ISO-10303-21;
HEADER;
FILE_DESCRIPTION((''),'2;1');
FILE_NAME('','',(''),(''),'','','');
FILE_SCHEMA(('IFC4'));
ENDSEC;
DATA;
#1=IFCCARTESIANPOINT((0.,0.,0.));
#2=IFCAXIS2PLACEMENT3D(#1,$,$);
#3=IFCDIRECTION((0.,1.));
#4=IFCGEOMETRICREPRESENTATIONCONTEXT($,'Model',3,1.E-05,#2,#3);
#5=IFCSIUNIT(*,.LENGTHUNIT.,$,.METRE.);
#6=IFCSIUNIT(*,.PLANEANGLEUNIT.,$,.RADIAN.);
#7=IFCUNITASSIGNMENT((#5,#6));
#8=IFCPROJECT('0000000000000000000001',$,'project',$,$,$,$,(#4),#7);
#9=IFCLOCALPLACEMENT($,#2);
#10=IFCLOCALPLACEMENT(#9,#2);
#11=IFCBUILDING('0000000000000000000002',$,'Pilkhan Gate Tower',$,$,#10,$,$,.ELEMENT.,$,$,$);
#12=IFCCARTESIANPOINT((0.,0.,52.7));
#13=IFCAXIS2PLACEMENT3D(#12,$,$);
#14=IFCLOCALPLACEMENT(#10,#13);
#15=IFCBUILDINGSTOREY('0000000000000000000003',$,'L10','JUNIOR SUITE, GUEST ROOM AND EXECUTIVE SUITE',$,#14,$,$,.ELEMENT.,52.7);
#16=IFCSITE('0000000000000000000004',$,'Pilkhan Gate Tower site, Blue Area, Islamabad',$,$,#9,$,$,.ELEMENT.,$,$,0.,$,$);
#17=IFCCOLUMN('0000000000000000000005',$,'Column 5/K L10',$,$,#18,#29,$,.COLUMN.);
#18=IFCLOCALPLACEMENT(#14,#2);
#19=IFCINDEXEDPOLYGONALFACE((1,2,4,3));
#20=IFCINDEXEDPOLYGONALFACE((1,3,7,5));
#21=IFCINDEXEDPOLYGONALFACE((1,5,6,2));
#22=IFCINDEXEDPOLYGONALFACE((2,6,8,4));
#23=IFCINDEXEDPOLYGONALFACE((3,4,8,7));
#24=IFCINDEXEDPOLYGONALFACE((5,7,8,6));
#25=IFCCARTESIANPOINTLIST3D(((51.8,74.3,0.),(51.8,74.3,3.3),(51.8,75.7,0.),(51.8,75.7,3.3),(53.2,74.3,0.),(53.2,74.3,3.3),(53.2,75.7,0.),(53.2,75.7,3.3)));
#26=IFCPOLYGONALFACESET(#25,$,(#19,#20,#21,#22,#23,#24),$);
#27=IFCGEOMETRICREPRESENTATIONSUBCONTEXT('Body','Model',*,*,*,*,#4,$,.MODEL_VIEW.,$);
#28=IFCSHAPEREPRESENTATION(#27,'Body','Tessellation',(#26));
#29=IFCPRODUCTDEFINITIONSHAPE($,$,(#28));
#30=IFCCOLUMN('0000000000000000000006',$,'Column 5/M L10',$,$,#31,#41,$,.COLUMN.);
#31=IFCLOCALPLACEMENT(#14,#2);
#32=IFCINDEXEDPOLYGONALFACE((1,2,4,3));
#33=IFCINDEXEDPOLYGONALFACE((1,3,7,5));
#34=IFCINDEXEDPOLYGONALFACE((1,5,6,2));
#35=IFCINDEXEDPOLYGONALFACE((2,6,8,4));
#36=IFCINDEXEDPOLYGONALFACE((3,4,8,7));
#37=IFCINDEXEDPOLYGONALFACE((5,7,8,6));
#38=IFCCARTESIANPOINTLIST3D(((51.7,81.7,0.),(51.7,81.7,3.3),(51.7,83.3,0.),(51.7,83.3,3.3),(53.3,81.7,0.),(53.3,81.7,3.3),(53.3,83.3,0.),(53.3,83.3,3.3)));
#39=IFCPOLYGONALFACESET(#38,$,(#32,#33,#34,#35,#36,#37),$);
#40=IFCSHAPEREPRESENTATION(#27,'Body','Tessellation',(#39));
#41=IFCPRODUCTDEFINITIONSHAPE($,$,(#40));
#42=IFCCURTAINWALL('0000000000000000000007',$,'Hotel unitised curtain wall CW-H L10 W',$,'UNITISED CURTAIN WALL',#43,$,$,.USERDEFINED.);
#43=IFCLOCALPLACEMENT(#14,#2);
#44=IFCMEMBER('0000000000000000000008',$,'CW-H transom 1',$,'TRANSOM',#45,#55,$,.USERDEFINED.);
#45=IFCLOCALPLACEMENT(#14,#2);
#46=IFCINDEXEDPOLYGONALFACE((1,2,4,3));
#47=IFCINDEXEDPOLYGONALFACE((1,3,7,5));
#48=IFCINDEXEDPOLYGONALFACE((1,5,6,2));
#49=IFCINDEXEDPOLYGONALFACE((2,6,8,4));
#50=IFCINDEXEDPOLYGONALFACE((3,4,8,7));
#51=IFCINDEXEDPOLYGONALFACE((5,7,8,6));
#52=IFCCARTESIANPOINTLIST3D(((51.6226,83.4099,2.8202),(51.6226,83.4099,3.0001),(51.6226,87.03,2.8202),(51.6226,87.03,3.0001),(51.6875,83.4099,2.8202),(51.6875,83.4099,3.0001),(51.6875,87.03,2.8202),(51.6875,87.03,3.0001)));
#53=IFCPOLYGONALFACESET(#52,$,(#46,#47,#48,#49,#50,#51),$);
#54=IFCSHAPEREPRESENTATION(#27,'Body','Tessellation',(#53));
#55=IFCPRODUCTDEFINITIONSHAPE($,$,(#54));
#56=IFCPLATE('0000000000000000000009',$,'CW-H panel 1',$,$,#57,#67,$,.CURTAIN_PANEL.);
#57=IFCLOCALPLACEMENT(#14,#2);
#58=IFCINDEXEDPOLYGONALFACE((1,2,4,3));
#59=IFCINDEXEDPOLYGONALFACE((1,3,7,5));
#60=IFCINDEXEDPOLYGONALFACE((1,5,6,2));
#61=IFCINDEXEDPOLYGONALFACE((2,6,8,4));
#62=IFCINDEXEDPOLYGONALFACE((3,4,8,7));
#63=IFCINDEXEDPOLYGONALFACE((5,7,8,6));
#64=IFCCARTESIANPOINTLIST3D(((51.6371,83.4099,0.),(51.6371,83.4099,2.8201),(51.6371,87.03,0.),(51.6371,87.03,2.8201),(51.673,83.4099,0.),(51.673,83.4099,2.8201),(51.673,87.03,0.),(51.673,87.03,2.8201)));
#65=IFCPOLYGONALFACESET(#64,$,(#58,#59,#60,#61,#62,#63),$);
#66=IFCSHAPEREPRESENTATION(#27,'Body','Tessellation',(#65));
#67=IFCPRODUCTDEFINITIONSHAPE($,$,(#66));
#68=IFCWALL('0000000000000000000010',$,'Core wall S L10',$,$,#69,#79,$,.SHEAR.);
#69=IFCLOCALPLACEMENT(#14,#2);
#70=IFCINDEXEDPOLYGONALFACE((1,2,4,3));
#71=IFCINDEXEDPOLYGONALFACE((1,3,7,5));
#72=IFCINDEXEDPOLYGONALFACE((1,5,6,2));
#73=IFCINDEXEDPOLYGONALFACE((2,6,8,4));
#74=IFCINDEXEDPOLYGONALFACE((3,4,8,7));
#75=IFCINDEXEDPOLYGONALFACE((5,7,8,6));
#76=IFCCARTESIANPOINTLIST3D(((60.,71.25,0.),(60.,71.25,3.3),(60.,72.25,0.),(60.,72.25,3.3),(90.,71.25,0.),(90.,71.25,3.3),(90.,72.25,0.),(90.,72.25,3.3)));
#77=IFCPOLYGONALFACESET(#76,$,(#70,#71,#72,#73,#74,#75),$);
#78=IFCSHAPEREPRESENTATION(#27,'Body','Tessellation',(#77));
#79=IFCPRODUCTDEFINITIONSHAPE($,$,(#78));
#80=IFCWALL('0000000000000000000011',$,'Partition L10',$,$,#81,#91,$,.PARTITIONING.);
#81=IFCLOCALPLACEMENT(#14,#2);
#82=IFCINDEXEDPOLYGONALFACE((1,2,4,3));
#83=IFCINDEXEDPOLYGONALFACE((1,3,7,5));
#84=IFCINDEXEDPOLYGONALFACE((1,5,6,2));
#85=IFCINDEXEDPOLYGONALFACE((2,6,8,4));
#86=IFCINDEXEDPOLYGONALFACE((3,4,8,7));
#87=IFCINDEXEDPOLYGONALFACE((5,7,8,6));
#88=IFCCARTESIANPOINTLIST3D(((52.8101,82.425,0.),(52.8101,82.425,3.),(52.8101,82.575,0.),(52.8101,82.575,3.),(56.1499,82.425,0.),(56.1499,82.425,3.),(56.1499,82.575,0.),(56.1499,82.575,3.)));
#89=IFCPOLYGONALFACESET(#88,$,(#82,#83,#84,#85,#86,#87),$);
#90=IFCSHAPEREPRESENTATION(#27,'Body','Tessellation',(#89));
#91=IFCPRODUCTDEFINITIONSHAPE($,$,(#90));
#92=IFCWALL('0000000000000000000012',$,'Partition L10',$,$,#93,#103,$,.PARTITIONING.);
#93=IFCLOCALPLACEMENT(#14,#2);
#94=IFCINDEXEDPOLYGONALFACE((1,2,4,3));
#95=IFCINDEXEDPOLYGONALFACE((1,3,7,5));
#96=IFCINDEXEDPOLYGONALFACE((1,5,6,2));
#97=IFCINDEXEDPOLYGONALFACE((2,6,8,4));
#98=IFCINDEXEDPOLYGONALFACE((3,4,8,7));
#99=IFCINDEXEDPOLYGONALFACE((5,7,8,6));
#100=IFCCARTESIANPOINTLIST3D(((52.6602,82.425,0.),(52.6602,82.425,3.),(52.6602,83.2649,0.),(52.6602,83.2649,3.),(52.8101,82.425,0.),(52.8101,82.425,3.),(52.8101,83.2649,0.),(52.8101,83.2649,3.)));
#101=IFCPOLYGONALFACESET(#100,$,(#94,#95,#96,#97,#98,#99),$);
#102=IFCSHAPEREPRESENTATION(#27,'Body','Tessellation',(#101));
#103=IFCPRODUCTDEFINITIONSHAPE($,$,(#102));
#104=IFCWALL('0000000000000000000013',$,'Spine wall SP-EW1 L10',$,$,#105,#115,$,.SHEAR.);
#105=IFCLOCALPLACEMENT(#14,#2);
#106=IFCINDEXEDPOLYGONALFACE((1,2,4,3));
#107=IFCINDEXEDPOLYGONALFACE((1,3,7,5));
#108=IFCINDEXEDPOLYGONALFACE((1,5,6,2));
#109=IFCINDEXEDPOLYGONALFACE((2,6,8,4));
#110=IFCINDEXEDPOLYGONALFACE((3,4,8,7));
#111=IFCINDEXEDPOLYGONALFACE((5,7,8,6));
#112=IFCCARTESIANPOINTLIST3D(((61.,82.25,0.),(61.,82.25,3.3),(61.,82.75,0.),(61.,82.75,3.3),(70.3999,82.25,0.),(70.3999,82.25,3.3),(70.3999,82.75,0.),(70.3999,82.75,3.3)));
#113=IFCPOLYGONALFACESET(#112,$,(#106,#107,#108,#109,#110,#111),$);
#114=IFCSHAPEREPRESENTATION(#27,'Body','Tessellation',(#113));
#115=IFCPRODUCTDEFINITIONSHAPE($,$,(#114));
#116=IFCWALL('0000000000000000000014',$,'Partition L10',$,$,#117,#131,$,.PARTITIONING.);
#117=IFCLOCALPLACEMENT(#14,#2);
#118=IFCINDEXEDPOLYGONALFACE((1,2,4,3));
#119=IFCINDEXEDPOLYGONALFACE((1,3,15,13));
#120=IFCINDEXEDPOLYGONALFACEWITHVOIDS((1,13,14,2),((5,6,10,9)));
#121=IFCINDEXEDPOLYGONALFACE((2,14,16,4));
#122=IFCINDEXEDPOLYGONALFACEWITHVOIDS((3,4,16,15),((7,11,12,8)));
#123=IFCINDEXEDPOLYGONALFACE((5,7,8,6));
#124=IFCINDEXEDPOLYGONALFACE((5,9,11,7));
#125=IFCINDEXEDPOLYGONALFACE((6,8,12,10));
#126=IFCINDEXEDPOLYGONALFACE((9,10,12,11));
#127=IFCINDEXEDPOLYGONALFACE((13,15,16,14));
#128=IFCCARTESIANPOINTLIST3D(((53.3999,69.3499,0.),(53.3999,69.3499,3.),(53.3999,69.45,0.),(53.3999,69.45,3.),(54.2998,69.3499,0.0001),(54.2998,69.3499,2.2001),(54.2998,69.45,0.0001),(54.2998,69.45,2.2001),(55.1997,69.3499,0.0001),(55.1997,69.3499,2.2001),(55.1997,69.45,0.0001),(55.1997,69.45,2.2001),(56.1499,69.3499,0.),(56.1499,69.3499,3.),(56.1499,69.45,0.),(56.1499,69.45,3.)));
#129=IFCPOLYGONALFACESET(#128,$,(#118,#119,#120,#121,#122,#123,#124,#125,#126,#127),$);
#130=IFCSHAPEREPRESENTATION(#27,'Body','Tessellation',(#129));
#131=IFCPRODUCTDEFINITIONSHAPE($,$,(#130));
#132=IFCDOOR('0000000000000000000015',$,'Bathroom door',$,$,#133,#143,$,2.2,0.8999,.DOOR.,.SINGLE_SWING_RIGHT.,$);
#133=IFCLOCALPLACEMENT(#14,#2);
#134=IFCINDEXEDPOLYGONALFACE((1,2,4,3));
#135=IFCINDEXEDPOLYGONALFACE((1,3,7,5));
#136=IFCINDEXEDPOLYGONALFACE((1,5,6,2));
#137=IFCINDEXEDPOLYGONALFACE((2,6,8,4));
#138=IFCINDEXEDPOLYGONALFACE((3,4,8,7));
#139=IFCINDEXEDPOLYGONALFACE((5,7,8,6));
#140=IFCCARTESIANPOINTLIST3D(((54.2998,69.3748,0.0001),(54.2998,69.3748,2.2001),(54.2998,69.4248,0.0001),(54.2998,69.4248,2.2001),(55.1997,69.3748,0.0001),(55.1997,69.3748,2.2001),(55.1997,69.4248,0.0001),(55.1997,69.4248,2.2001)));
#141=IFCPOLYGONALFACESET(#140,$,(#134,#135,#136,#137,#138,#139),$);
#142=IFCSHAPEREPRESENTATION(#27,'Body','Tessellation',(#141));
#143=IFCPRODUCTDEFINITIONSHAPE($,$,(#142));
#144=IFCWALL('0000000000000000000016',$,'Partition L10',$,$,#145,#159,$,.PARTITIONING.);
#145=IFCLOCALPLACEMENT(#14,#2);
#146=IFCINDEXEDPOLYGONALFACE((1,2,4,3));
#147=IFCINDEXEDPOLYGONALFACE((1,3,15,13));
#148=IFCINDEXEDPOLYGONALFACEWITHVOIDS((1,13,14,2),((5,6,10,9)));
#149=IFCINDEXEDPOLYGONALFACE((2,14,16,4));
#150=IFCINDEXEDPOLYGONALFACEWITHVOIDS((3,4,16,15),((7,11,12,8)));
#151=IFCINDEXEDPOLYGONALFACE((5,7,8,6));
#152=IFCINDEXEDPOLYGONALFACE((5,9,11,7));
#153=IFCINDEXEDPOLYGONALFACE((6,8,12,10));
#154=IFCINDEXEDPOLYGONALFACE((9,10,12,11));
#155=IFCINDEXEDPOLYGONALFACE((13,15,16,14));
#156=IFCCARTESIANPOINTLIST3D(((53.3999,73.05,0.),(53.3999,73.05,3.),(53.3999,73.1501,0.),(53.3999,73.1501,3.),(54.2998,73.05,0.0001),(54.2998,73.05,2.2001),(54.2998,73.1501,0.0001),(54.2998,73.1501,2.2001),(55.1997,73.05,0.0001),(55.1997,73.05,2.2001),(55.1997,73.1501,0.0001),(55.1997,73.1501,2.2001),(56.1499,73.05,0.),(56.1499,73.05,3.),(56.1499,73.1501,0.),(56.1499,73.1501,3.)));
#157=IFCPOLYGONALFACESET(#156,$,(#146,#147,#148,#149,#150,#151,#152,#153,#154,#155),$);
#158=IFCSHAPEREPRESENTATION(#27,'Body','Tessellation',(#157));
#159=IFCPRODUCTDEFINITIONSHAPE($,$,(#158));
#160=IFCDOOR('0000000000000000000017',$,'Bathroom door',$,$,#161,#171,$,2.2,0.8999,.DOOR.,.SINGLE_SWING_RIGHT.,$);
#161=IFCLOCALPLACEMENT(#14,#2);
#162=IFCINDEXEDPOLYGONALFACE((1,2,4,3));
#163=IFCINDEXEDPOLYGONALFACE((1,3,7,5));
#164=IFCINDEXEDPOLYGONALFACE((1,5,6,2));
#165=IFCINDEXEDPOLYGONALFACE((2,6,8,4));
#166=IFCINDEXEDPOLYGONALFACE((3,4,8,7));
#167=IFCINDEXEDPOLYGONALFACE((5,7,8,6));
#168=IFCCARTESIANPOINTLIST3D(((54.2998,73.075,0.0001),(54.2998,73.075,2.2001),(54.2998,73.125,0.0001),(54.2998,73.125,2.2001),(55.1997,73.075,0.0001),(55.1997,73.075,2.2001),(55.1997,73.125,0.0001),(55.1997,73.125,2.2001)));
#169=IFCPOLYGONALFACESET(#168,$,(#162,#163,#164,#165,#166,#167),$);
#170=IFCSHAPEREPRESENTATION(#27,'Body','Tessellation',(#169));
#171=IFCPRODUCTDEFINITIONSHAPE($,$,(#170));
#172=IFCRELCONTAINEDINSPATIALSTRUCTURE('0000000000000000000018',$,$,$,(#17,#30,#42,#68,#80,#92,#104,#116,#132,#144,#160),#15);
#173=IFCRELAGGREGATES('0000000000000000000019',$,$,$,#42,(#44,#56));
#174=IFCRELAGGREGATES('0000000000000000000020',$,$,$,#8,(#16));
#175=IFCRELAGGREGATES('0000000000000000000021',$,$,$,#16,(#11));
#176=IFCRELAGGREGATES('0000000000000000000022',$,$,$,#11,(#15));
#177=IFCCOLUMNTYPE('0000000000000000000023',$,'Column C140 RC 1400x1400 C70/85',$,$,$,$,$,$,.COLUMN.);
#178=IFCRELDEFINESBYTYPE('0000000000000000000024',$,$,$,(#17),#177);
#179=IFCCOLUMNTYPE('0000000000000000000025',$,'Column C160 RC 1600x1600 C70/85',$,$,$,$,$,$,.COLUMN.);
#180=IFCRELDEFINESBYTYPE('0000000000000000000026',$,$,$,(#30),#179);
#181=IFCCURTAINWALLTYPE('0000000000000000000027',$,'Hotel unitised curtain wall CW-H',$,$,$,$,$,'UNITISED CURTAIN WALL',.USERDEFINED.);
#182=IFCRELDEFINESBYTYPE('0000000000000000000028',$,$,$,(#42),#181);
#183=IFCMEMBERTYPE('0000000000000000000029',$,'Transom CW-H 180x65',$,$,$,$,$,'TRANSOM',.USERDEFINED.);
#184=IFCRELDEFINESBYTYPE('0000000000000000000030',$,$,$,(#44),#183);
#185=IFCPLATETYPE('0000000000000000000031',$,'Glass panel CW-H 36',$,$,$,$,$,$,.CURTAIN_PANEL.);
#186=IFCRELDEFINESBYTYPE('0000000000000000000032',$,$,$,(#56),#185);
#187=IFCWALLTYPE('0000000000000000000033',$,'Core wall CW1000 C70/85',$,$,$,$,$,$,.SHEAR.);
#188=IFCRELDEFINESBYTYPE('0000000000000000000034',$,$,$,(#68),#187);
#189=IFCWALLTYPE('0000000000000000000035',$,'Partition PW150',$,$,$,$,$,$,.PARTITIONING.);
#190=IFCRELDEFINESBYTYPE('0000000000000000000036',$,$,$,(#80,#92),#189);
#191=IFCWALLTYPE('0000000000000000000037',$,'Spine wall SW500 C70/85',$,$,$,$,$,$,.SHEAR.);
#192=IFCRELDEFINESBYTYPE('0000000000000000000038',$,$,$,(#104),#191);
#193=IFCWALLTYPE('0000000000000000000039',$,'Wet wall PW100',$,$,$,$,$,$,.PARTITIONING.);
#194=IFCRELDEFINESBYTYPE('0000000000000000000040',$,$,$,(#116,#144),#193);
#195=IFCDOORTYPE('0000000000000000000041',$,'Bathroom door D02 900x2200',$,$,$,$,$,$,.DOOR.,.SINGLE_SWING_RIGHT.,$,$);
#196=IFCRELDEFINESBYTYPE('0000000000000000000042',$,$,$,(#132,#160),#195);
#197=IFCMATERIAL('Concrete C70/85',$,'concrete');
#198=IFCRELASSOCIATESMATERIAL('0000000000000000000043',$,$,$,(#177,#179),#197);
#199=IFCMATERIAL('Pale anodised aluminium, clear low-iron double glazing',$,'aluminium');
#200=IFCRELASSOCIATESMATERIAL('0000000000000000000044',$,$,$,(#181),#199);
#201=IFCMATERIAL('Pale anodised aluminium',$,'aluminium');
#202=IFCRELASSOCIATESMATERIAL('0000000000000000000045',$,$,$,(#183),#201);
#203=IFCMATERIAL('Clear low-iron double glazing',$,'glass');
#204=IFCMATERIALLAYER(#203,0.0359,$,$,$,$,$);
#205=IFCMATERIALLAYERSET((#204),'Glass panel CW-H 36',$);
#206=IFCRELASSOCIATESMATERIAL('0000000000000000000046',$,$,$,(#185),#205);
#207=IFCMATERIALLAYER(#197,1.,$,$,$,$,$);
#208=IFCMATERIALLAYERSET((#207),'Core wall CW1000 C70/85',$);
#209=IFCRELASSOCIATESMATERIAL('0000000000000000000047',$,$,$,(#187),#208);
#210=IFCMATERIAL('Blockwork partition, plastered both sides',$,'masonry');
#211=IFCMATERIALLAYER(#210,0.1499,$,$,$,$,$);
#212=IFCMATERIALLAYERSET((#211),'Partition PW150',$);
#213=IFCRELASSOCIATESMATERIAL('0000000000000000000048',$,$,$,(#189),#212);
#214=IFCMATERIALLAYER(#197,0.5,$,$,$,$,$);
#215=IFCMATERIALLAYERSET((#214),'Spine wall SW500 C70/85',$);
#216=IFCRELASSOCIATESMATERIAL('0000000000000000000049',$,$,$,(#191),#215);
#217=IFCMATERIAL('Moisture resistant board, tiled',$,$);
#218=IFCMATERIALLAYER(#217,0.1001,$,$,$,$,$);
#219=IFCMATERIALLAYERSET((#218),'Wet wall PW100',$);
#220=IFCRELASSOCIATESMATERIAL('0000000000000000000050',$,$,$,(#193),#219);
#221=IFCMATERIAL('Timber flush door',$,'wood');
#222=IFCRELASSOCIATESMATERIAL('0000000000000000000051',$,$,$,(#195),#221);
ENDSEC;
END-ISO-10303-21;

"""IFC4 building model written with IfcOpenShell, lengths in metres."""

from ifc_helpers import new_model, si_unit, direction, frame, frame_2d, origin, origin_2d, place, context, subcontext, project, spatial, rectangle, extrude, material, layer, layer_set, material_profile, profile_set, type_object, element, fill, aggregate, save


model = new_model("IFC4")

# Units and contexts
model_context = context("Model", 3, precision=1e-05, world=origin(), true_north=direction((0.0, 1.0)))
body_context = subcontext(model_context, "Body", "Model", "MODEL_VIEW")
ifc_project = project(units=[si_unit("LENGTHUNIT", "METRE"), si_unit("PLANEANGLEUNIT", "RADIAN")], contexts=[model_context])

# Site, building, storey
site_placement = place(None, origin())
site = spatial("IfcSite", under=ifc_project, at=site_placement, Name="Pilkhan Gate Tower site, Blue Area, Islamabad", CompositionType="ELEMENT", RefElevation=0.0)
building_placement = place(site_placement, origin())
building = spatial("IfcBuilding", under=site, at=building_placement, Name="Pilkhan Gate Tower", CompositionType="ELEMENT")
storey_placement = place(building_placement, frame((0.0, 0.0, 52.7)))
storey = spatial("IfcBuildingStorey", under=building, at=storey_placement, Name="L10", Description="JUNIOR SUITE, GUEST ROOM AND EXECUTIVE SUITE", CompositionType="ELEMENT", Elevation=52.7)

# Columns
ifc_material_1 = material(Name="Concrete C70/85", Category="concrete")
ifc_material_profile_1 = material_profile(ifc_material_1, rectangle(XDim=1.3999, YDim=1.3999, at=origin_2d()), Name="RC 1400x1400")
ifc_profile_set_1 = profile_set([ifc_material_profile_1], Name="Concrete C70/85")
column_type_1 = type_object("IfcColumnType", Name="Column C140 RC 1400x1400 C70/85", PredefinedType="COLUMN", material=ifc_profile_set_1)
column_1_placement = place(storey_placement, frame((52.5, 75.0, 0.0), z_axis=(0.0, 0.0, 1.0), x_axis=(1.0, 0.0, 0.0)))
element("IfcColumn", 1, at=column_1_placement, inside=storey, type_object=column_type_1, Name="Column 5/K L10", PredefinedType="COLUMN", context=body_context, shape_type="SweptSolid", body=[
    extrude(rectangle(XDim=1.3999, YDim=1.3999, at=origin_2d()), origin(), (0.0, 0.0, 1.0), 3.3),
])
ifc_material_profile_2 = material_profile(ifc_material_1, rectangle(XDim=1.6001, YDim=1.6001, at=origin_2d()), Name="RC 1600x1600")
ifc_profile_set_2 = profile_set([ifc_material_profile_2], Name="Concrete C70/85")
column_type_2 = type_object("IfcColumnType", Name="Column C160 RC 1600x1600 C70/85", PredefinedType="COLUMN", material=ifc_profile_set_2)
column_2_placement = place(storey_placement, frame((52.5, 82.5, 0.0), z_axis=(0.0, 0.0, 1.0), x_axis=(1.0, 0.0, 0.0)))
element("IfcColumn", 2, at=column_2_placement, inside=storey, type_object=column_type_2, Name="Column 5/M L10", PredefinedType="COLUMN", context=body_context, shape_type="SweptSolid", body=[
    extrude(rectangle(XDim=1.6001, YDim=1.6001, at=origin_2d()), origin(), (0.0, 0.0, 1.0), 3.3),
])

# Curtain wall, member, plate
ifc_material_2 = material(Name="Pale anodised aluminium, clear low-iron double glazing", Category="aluminium")
curtain_wall_type = type_object("IfcCurtainWallType", Name="Hotel unitised curtain wall CW-H", ElementType="UNITISED CURTAIN WALL", PredefinedType="USERDEFINED", material=ifc_material_2)
curtain_wall_placement = place(storey_placement, origin())
curtain_wall = element("IfcCurtainWall", 3, at=curtain_wall_placement, inside=storey, type_object=curtain_wall_type, Name="Hotel unitised curtain wall CW-H L10 W", ObjectType="UNITISED CURTAIN WALL", PredefinedType="USERDEFINED")
ifc_material_3 = material(Name="Pale anodised aluminium", Category="aluminium")
ifc_material_profile_3 = material_profile(ifc_material_3, rectangle(XDim=0.0649, YDim=0.1799, at=origin_2d()), Name="Transom 180x65")
ifc_profile_set_3 = profile_set([ifc_material_profile_3], Name="Pale anodised aluminium")
member_type = type_object("IfcMemberType", Name="Transom CW-H 180x65", ElementType="TRANSOM", PredefinedType="USERDEFINED", material=ifc_profile_set_3)
member_placement = place(storey_placement, frame((51.655, 83.4099, 2.9102), z_axis=(0.0, 1.0, 0.0), x_axis=(-1.0, 0.0, 0.0)))
member = element("IfcMember", 4, at=member_placement, type_object=member_type, Name="CW-H transom 1", ObjectType="TRANSOM", PredefinedType="USERDEFINED", context=body_context, shape_type="SweptSolid", body=[
    extrude(rectangle(XDim=0.0649, YDim=0.1799, at=origin_2d()), origin(), (0.0, 0.0, 1.0), 3.6201),
])
ifc_material_4 = material(Name="Clear low-iron double glazing", Category="glass")
ifc_layer_1 = layer(ifc_material_4, 0.0359)
ifc_layer_set_1 = layer_set([ifc_layer_1], Name="Glass panel CW-H 36")
plate_type = type_object("IfcPlateType", Name="Glass panel CW-H 36", PredefinedType="CURTAIN_PANEL", material=ifc_layer_set_1)
plate_placement = place(storey_placement, frame((51.655, 85.22, 0.0), z_axis=(0.0, 0.0, 1.0), x_axis=(0.0, 1.0, 0.0)))
plate = element("IfcPlate", 5, at=plate_placement, type_object=plate_type, Name="CW-H panel 1", PredefinedType="CURTAIN_PANEL", context=body_context, shape_type="SweptSolid", body=[
    extrude(rectangle(XDim=3.6201, YDim=0.0359, at=origin_2d()), origin(), (0.0, 0.0, 1.0), 2.8201),
])
aggregate(curtain_wall, [member, plate])

# Walls
ifc_layer_2 = layer(ifc_material_1, 1.0)
ifc_layer_set_2 = layer_set([ifc_layer_2], Name="Core wall CW1000 C70/85")
wall_type_1 = type_object("IfcWallType", Name="Core wall CW1000 C70/85", PredefinedType="SHEAR", material=ifc_layer_set_2)
wall_1_placement = place(storey_placement, frame((60.0, 71.75, 0.0), z_axis=(0.0, 0.0, 1.0), x_axis=(1.0, 0.0, 0.0)))
element("IfcWall", 6, at=wall_1_placement, inside=storey, type_object=wall_type_1, Name="Core wall S L10", PredefinedType="SHEAR", context=body_context, shape_type="SweptSolid", body=[
    extrude(rectangle(XDim=30.0, YDim=1.0, at=frame_2d((15.0, 0.0))), origin(), (0.0, 0.0, 1.0), 3.3),
])
ifc_material_5 = material(Name="Blockwork partition, plastered both sides", Category="masonry")
ifc_layer_3 = layer(ifc_material_5, 0.1499)
ifc_layer_set_3 = layer_set([ifc_layer_3], Name="Partition PW150")
wall_type_2 = type_object("IfcWallType", Name="Partition PW150", PredefinedType="PARTITIONING", material=ifc_layer_set_3)
wall_2_placement = place(storey_placement, frame((52.8101, 82.5, 0.0), z_axis=(0.0, 0.0, 1.0), x_axis=(1.0, 0.0, 0.0)))
element("IfcWall", 7, at=wall_2_placement, inside=storey, type_object=wall_type_2, Name="Partition L10", PredefinedType="PARTITIONING", context=body_context, shape_type="SweptSolid", body=[
    extrude(rectangle(XDim=3.3398, YDim=0.1499, at=frame_2d((1.6699, 0.0))), origin(), (0.0, 0.0, 1.0), 3.0),
])
wall_3_placement = place(storey_placement, frame((52.7351, 82.425, 0.0), z_axis=(0.0, 0.0, 1.0), x_axis=(0.0, 1.0, 0.0)))
element("IfcWall", 8, at=wall_3_placement, inside=storey, type_object=wall_type_2, Name="Partition L10", PredefinedType="PARTITIONING", context=body_context, shape_type="SweptSolid", body=[
    extrude(rectangle(XDim=0.8398, YDim=0.1499, at=frame_2d((0.4199, 0.0))), origin(), (0.0, 0.0, 1.0), 3.0),
])
ifc_layer_4 = layer(ifc_material_1, 0.5)
ifc_layer_set_4 = layer_set([ifc_layer_4], Name="Spine wall SW500 C70/85")
wall_type_3 = type_object("IfcWallType", Name="Spine wall SW500 C70/85", PredefinedType="SHEAR", material=ifc_layer_set_4)
wall_4_placement = place(storey_placement, frame((61.0, 82.5, 0.0), z_axis=(0.0, 0.0, 1.0), x_axis=(1.0, 0.0, 0.0)))
element("IfcWall", 9, at=wall_4_placement, inside=storey, type_object=wall_type_3, Name="Spine wall SP-EW1 L10", PredefinedType="SHEAR", context=body_context, shape_type="SweptSolid", body=[
    extrude(rectangle(XDim=9.3999, YDim=0.5, at=frame_2d((4.7, 0.0))), origin(), (0.0, 0.0, 1.0), 3.3),
])

# Walls, openings, doors
ifc_material_6 = material(Name="Moisture resistant board, tiled")
ifc_layer_5 = layer(ifc_material_6, 0.1001)
ifc_layer_set_5 = layer_set([ifc_layer_5], Name="Wet wall PW100")
wall_type_4 = type_object("IfcWallType", Name="Wet wall PW100", PredefinedType="PARTITIONING", material=ifc_layer_set_5)
wall_5_placement = place(storey_placement, frame((53.3999, 69.3999, 0.0), z_axis=(0.0, 0.0, 1.0), x_axis=(1.0, 0.0, 0.0)))
wall_5 = element("IfcWall", 10, at=wall_5_placement, inside=storey, type_object=wall_type_4, Name="Partition L10", PredefinedType="PARTITIONING", context=body_context, shape_type="SweptSolid", body=[
    extrude(rectangle(XDim=2.75, YDim=0.1001, at=frame_2d((1.375, 0.0))), origin(), (0.0, 0.0, 1.0), 3.0),
])
opening_1_placement = place(wall_5_placement, frame((0.8999, 0.0, 0.0)))
opening_1 = element("IfcOpeningElement", 11, at=opening_1_placement, cuts=wall_5, PredefinedType="OPENING", context=body_context, shape_type="SweptSolid", body=[
    extrude(rectangle(XDim=0.8999, YDim=2.2, at=frame_2d((0.45, 1.1001))), frame((0.0, 0.0601, 0.0), z_axis=(0.0, -1.0, 0.0), x_axis=(1.0, 0.0, 0.0)), (0.0, 0.0, 1.0), 0.1201),
])
ifc_material_7 = material(Name="Timber flush door", Category="wood")
door_type = type_object("IfcDoorType", Name="Bathroom door D02 900x2200", OperationType="SINGLE_SWING_RIGHT", PredefinedType="DOOR", material=ifc_material_7)
door_1_placement = place(opening_1_placement, origin())
door_1 = element("IfcDoor", 12, at=door_1_placement, inside=storey, type_object=door_type, Name="Bathroom door", OperationType="SINGLE_SWING_RIGHT", OverallHeight=2.2, OverallWidth=0.8999, PredefinedType="DOOR", context=body_context, shape_type="SweptSolid", body=[
    extrude(rectangle(XDim=0.8999, YDim=2.2, at=frame_2d((0.45, 1.1001))), frame((0.0, 0.0249, 0.0), z_axis=(0.0, -1.0, 0.0), x_axis=(1.0, 0.0, 0.0)), (0.0, 0.0, 1.0), 0.05),
])
fill(opening_1, door_1)
wall_6_placement = place(storey_placement, frame((53.3999, 73.1001, 0.0), z_axis=(0.0, 0.0, 1.0), x_axis=(1.0, 0.0, 0.0)))
wall_6 = element("IfcWall", 13, at=wall_6_placement, inside=storey, type_object=wall_type_4, Name="Partition L10", PredefinedType="PARTITIONING", context=body_context, shape_type="SweptSolid", body=[
    extrude(rectangle(XDim=2.75, YDim=0.1001, at=frame_2d((1.375, 0.0))), origin(), (0.0, 0.0, 1.0), 3.0),
])
opening_2_placement = place(wall_6_placement, frame((0.8999, 0.0, 0.0)))
opening_2 = element("IfcOpeningElement", 14, at=opening_2_placement, cuts=wall_6, PredefinedType="OPENING", context=body_context, shape_type="SweptSolid", body=[
    extrude(rectangle(XDim=0.8999, YDim=2.2, at=frame_2d((0.45, 1.1001))), frame((0.0, 0.0601, 0.0), z_axis=(0.0, -1.0, 0.0), x_axis=(1.0, 0.0, 0.0)), (0.0, 0.0, 1.0), 0.1201),
])
door_2_placement = place(opening_2_placement, origin())
door_2 = element("IfcDoor", 15, at=door_2_placement, inside=storey, type_object=door_type, Name="Bathroom door", OperationType="SINGLE_SWING_RIGHT", OverallHeight=2.2, OverallWidth=0.8999, PredefinedType="DOOR", context=body_context, shape_type="SweptSolid", body=[
    extrude(rectangle(XDim=0.8999, YDim=2.2, at=frame_2d((0.45, 1.1001))), frame((0.0, 0.0249, 0.0), z_axis=(0.0, -1.0, 0.0), x_axis=(1.0, 0.0, 0.0)), (0.0, 0.0, 1.0), 0.05),
])
fill(opening_2, door_2)

save(model, "model.ifc")
